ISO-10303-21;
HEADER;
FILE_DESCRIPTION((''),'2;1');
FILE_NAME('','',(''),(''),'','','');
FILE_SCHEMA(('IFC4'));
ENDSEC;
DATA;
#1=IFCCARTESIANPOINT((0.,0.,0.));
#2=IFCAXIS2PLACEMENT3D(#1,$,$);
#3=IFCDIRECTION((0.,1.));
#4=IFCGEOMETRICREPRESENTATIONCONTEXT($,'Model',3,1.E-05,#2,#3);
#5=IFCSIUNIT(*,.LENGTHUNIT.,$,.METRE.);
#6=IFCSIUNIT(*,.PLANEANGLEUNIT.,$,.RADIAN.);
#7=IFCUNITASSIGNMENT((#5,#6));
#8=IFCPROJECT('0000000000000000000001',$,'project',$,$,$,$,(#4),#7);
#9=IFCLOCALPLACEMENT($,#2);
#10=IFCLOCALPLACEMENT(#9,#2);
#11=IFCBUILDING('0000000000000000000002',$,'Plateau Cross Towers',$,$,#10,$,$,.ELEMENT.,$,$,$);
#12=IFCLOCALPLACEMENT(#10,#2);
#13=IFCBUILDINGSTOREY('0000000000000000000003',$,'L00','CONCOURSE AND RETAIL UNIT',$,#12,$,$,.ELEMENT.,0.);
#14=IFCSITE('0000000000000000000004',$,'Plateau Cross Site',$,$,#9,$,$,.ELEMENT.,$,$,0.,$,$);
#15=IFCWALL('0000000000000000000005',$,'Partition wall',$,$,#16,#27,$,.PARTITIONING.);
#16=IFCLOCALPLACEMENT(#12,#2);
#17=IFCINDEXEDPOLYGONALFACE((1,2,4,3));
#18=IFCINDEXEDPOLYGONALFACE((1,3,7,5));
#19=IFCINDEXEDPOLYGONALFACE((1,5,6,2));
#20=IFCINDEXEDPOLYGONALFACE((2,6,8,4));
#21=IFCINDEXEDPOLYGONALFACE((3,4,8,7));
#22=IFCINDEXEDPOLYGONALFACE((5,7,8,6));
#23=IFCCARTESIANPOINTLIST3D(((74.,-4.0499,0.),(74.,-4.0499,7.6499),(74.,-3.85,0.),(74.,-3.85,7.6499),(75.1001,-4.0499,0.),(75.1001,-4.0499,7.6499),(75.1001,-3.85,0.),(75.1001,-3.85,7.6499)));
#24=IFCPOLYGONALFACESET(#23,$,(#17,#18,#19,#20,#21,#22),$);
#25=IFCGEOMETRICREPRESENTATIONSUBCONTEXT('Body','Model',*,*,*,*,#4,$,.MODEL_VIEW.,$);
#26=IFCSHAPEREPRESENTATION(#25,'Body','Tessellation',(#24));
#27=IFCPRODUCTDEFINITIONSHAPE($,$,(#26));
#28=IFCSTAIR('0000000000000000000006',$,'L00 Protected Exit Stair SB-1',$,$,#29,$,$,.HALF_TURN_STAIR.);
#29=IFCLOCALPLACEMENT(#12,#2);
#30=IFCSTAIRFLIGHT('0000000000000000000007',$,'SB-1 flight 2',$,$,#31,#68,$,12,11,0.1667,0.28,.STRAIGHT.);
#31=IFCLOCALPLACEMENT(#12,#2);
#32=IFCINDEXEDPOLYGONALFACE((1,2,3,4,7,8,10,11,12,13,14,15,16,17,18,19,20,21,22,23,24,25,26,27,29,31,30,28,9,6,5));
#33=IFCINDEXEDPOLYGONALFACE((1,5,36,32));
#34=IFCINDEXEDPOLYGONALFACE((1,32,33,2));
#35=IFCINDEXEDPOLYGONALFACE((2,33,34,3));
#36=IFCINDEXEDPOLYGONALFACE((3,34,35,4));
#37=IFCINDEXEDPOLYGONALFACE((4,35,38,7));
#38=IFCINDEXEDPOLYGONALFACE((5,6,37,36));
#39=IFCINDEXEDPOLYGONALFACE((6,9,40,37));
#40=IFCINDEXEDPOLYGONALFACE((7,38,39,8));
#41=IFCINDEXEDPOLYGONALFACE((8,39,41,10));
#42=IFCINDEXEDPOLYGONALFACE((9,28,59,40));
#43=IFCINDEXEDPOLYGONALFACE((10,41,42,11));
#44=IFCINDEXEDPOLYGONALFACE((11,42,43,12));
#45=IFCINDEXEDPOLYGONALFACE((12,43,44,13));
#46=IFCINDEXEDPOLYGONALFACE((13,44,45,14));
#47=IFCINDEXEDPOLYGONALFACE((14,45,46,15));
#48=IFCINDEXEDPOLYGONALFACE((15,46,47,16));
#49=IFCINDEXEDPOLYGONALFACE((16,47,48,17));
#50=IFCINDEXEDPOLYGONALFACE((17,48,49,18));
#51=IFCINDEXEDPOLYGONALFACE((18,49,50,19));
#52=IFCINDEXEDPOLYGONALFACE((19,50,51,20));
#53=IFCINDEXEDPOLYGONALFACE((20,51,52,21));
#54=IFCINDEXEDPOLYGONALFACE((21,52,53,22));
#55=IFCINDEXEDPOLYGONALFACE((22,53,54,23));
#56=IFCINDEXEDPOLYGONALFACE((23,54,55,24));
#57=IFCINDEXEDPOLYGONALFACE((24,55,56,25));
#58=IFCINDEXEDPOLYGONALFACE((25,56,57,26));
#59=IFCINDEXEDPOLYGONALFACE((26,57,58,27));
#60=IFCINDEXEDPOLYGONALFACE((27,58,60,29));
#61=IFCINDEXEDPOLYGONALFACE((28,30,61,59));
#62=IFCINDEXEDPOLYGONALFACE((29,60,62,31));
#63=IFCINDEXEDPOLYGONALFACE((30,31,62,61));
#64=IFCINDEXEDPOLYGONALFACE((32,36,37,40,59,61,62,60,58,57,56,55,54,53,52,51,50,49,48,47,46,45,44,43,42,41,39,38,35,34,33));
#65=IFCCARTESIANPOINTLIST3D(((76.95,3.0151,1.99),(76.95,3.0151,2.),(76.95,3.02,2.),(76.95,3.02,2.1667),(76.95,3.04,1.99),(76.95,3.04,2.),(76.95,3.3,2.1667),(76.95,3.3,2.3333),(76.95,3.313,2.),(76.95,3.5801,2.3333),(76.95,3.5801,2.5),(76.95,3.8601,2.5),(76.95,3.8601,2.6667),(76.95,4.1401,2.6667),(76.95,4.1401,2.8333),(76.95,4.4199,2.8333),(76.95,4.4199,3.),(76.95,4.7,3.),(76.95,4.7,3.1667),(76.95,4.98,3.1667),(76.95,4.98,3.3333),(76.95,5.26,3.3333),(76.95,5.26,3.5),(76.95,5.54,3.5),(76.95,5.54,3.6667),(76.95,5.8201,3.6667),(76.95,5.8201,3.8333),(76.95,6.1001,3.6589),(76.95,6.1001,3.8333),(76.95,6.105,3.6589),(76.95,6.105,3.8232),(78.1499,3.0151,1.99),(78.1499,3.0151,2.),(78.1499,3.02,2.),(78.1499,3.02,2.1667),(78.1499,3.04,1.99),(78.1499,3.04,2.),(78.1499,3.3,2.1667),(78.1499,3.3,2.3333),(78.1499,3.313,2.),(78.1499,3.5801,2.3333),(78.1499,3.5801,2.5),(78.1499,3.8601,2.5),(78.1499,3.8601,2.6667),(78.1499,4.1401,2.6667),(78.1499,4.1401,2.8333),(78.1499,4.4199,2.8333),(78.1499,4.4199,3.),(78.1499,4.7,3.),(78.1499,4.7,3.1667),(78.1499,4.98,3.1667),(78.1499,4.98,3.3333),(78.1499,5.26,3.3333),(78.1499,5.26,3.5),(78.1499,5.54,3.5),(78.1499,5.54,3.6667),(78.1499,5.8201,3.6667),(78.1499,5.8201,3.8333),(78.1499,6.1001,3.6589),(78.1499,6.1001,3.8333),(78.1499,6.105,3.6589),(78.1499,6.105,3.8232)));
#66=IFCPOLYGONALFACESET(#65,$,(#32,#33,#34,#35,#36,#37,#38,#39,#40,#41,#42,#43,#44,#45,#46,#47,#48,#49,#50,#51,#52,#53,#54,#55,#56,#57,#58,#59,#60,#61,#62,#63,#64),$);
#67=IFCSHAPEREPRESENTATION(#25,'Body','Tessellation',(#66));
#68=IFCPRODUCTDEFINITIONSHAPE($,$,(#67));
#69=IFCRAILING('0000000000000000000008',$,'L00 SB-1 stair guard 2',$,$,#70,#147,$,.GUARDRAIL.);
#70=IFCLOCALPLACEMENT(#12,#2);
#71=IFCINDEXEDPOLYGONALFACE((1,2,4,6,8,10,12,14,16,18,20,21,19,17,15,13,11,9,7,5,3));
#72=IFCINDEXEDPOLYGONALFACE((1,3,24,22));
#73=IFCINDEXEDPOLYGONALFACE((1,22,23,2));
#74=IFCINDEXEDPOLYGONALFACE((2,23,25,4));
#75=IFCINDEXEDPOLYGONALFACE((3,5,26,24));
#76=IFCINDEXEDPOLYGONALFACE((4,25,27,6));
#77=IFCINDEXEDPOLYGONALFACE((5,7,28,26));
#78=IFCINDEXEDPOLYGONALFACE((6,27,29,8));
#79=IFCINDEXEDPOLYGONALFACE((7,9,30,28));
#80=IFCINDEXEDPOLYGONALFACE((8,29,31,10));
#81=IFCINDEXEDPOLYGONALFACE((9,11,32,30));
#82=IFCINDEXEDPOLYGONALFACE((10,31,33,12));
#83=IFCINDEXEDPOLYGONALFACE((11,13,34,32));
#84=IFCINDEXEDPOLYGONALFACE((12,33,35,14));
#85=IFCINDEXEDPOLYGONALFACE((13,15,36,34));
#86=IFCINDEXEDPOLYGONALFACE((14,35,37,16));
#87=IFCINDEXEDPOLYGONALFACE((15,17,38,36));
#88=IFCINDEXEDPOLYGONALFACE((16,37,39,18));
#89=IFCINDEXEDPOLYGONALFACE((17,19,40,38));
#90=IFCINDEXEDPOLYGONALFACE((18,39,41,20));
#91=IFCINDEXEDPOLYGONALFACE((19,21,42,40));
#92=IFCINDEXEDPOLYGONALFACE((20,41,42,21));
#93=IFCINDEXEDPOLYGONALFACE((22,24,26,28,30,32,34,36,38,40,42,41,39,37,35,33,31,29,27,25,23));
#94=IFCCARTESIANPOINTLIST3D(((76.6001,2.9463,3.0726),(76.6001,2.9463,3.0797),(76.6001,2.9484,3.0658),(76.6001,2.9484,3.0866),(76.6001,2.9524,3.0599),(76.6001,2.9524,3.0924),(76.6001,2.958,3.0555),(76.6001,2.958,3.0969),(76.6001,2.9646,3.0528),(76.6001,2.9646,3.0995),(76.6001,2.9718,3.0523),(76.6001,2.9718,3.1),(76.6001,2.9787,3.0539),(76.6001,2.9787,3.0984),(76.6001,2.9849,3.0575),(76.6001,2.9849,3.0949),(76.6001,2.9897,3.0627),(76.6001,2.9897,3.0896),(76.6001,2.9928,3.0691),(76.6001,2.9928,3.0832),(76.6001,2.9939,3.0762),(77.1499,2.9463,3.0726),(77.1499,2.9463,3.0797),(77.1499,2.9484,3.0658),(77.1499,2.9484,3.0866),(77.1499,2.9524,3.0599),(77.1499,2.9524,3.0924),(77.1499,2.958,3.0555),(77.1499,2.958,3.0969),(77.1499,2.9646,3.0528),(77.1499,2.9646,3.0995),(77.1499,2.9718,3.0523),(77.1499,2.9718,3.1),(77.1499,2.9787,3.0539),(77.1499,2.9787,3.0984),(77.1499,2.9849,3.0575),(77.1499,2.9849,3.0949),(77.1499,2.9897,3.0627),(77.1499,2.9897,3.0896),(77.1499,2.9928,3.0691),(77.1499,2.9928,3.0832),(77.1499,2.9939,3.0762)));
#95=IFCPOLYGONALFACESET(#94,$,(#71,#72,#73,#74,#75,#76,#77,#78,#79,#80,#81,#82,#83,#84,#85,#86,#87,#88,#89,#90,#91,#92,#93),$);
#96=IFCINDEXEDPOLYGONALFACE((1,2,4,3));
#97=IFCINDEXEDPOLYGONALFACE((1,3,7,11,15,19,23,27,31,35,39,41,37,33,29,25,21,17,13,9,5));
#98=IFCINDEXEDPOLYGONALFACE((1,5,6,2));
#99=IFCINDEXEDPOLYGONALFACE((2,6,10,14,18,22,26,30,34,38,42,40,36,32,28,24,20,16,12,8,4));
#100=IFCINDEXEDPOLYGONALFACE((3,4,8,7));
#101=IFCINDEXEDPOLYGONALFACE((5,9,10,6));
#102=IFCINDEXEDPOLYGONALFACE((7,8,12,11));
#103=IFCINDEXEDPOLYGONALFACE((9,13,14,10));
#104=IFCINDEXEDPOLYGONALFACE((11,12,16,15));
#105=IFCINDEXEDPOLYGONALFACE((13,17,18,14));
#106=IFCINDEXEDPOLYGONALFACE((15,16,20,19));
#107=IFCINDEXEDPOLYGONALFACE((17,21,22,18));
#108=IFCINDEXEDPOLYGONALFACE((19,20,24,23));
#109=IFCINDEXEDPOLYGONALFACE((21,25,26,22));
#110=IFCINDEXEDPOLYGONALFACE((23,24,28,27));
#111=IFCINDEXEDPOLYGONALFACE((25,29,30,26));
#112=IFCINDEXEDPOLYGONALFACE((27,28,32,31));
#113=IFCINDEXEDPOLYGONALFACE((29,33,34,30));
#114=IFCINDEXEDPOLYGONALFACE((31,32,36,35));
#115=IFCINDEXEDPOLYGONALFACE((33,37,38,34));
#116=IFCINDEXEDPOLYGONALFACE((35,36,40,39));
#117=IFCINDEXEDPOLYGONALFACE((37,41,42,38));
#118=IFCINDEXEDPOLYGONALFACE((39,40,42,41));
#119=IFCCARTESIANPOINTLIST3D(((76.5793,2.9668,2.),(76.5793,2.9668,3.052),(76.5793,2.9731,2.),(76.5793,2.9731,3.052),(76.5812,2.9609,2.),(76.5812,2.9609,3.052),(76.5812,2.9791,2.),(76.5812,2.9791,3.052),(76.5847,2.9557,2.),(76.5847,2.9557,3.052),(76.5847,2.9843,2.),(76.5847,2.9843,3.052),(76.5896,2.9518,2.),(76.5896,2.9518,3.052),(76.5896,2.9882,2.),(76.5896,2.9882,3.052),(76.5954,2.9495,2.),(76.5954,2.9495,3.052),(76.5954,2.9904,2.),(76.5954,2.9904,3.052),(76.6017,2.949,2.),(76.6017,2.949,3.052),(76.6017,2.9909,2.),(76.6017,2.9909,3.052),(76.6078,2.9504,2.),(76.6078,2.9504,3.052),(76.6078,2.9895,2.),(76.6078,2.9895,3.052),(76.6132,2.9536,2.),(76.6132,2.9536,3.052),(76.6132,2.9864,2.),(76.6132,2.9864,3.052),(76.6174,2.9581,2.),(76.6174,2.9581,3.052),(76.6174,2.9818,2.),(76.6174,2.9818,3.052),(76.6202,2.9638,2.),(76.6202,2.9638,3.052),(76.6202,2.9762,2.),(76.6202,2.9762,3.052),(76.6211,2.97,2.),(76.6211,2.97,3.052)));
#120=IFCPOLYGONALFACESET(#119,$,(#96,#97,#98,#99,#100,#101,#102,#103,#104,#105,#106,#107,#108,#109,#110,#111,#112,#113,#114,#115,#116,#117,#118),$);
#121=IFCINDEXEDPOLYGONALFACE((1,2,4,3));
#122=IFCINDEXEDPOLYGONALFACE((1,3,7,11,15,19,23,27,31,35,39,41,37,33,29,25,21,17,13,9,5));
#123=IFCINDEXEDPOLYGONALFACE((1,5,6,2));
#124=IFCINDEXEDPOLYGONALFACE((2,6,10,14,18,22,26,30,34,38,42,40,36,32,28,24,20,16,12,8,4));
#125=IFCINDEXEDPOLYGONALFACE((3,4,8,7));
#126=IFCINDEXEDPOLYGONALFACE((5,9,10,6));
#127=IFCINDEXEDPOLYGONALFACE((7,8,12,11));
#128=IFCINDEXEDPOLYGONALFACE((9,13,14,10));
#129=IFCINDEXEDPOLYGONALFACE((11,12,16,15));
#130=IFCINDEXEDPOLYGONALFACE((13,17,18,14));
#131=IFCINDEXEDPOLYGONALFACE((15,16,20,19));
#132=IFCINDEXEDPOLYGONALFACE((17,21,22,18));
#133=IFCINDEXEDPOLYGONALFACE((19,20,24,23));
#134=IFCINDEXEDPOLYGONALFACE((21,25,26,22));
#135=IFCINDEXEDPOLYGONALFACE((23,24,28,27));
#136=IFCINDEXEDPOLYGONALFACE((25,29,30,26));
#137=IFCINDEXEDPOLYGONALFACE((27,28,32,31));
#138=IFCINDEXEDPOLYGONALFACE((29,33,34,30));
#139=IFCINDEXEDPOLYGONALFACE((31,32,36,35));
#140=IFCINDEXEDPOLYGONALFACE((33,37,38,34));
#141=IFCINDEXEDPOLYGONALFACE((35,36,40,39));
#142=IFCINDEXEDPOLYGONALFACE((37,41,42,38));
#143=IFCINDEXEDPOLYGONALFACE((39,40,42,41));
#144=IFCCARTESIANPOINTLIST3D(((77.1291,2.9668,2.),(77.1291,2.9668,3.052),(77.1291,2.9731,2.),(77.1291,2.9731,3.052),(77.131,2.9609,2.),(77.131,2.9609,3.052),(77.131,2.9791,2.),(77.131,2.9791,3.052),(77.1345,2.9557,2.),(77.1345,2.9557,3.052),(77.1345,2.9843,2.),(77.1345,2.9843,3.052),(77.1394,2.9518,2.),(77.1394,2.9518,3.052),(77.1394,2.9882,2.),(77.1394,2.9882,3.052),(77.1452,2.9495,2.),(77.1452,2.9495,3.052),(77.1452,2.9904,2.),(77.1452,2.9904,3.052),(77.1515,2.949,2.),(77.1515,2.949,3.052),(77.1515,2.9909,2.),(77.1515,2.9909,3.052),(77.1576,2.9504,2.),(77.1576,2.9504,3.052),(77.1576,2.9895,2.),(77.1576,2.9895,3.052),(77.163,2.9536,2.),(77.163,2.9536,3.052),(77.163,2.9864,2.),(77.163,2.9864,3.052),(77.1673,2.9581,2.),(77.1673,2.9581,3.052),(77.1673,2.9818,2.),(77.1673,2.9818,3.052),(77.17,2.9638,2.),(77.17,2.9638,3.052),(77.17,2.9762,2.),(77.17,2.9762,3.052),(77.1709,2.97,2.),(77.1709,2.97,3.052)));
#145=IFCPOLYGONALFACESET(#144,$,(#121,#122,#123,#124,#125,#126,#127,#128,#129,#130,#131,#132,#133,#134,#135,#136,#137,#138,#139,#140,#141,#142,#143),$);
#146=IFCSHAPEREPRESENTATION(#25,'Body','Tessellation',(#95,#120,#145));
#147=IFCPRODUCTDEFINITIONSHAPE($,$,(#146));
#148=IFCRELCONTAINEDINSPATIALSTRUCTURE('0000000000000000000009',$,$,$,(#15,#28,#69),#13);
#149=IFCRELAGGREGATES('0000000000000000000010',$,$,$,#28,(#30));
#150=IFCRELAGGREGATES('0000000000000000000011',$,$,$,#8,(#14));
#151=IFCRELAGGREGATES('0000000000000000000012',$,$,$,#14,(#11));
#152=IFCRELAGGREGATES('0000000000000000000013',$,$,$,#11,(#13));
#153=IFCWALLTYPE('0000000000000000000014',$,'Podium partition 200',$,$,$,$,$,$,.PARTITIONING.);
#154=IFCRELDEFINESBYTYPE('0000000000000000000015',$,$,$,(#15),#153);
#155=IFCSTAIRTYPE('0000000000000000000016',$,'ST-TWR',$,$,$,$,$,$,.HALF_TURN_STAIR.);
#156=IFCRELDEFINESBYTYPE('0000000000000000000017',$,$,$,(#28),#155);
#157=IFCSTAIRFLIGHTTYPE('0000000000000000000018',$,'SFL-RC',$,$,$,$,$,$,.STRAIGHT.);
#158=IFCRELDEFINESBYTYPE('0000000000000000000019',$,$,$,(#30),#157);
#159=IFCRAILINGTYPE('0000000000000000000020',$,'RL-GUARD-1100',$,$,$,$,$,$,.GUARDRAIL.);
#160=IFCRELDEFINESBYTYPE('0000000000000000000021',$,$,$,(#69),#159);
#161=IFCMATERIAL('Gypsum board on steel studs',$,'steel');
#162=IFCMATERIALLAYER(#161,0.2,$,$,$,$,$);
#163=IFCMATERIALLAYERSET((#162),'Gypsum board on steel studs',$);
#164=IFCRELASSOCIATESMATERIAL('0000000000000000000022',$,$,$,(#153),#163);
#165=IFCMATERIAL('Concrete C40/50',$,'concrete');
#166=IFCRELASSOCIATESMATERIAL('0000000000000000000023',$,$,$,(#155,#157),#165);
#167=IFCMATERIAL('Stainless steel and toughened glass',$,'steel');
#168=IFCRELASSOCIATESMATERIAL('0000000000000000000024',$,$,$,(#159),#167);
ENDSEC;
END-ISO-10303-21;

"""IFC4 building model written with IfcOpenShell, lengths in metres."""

from ifc_helpers import new_model, si_unit, direction, frame, frame_2d, origin, origin_2d, place, context, subcontext, project, spatial, polyline, rectangle, circle, outline, extrude, material, layer, layer_set, type_object, element, aggregate, save


model = new_model("IFC4")

# Units and contexts
model_context = context("Model", 3, precision=1e-05, world=origin(), true_north=direction((0.0, 1.0)))
body_context = subcontext(model_context, "Body", "Model", "MODEL_VIEW")
ifc_project = project(units=[si_unit("LENGTHUNIT", "METRE"), si_unit("PLANEANGLEUNIT", "RADIAN")], contexts=[model_context])

# Site, building, storey
site_placement = place(None, origin())
site = spatial("IfcSite", under=ifc_project, at=site_placement, Name="Plateau Cross Site", CompositionType="ELEMENT", RefElevation=0.0)
building_placement = place(site_placement, origin())
building = spatial("IfcBuilding", under=site, at=building_placement, Name="Plateau Cross Towers", CompositionType="ELEMENT")
storey_placement = place(building_placement, origin())
storey = spatial("IfcBuildingStorey", under=building, at=storey_placement, Name="L00", Description="CONCOURSE AND RETAIL UNIT", CompositionType="ELEMENT", Elevation=0.0)

# Wall
ifc_material_1 = material(Name="Gypsum board on steel studs", Category="steel")
ifc_layer_1 = layer(ifc_material_1, 0.2)
ifc_layer_set_1 = layer_set([ifc_layer_1], Name="Gypsum board on steel studs")
wall_type_1 = type_object("IfcWallType", Name="Podium partition 200", PredefinedType="PARTITIONING", material=ifc_layer_set_1)
wall_1_placement = place(storey_placement, frame((75.1001, -3.95, 0.0), z_axis=(0.0, 0.0, 1.0), x_axis=(-1.0, 0.0, 0.0)))
element("IfcWall", 1, at=wall_1_placement, inside=storey, type_object=wall_type_1, Name="Partition wall", PredefinedType="PARTITIONING", context=body_context, shape_type="SweptSolid", body=[
    extrude(rectangle(XDim=1.1001, YDim=0.2, at=frame_2d((0.55, 0.0))), origin(), (0.0, 0.0, 1.0), 7.6499),
])

# Stair, stair flight
ifc_material_2 = material(Name="Concrete C40/50", Category="concrete")
stair_type = type_object("IfcStairType", Name="ST-TWR", PredefinedType="HALF_TURN_STAIR", material=ifc_material_2)
stair_placement = place(storey_placement, origin())
stair = element("IfcStair", 2, at=stair_placement, inside=storey, type_object=stair_type, Name="L00 Protected Exit Stair SB-1", PredefinedType="HALF_TURN_STAIR")
stair_flight_type = type_object("IfcStairFlightType", Name="SFL-RC", PredefinedType="STRAIGHT", material=ifc_material_2)
stair_flight_placement = place(storey_placement, frame((77.55, 3.02, 2.0), z_axis=(0.0, 0.0, 1.0), x_axis=(0.0, 1.0, 0.0)))
stair_flight = element("IfcStairFlight", 3, at=stair_flight_placement, type_object=stair_flight_type, Name="SB-1 flight 2", NumberOfRisers=12, NumberOfTreads=11, PredefinedType="STRAIGHT", RiserHeight=0.1667, TreadLength=0.28, context=body_context, shape_type="SweptSolid", body=[
    extrude(outline(polyline([(-0.0049, -0.01), (-0.0049, 0.0), (0.0, 0.0), (0.0, 0.1667), (0.28, 0.1667), (0.28, 0.3333), (0.5601, 0.3333), (0.5601, 0.5), (0.8401, 0.5), (0.8401, 0.6667), (1.1201, 0.6667), (1.1201, 0.8333), (1.3999, 0.8333), (1.3999, 1.0), (1.6799, 1.0), (1.6799, 1.1667), (1.96, 1.1667), (1.96, 1.3333), (2.24, 1.3333), (2.24, 1.5), (2.52, 1.5), (2.52, 1.6667), (2.8, 1.6667), (2.8, 1.8333), (3.0801, 1.8333), (3.085, 1.8232), (3.085, 1.6589), (3.0801, 1.6589), (0.293, 0.0), (0.02, 0.0), (0.02, -0.01), (-0.0049, -0.01)])), frame((0.0, 0.6001, 0.0), z_axis=(0.0, -1.0, 0.0), x_axis=(1.0, 0.0, 0.0)), (0.0, 0.0, 1.0), 1.2),
])
aggregate(stair, [stair_flight])

# Railing
ifc_material_3 = material(Name="Stainless steel and toughened glass", Category="steel")
railing_type = type_object("IfcRailingType", Name="RL-GUARD-1100", PredefinedType="GUARDRAIL", material=ifc_material_3)
railing_1_placement = place(storey_placement, frame((76.6001, 2.97, 2.0)))
element("IfcRailing", 4, at=railing_1_placement, inside=storey, type_object=railing_type, Name="L00 SB-1 stair guard 2", PredefinedType="GUARDRAIL", context=body_context, shape_type="SweptSolid", body=[
    extrude(circle(Radius=0.0239, at=origin_2d()), frame((0.0, 0.0, 1.0762), z_axis=(1.0, 0.0, 0.0), x_axis=(0.0, 1.0, 0.0)), (0.0, 0.0, 1.0), 0.5498),
    extrude(circle(Radius=0.021, at=origin_2d()), origin(), (0.0, 0.0, 1.0), 1.052),
    extrude(circle(Radius=0.021, at=origin_2d()), frame((0.5498, 0.0, 0.0)), (0.0, 0.0, 1.0), 1.052),
])

save(model, "model.ifc")
